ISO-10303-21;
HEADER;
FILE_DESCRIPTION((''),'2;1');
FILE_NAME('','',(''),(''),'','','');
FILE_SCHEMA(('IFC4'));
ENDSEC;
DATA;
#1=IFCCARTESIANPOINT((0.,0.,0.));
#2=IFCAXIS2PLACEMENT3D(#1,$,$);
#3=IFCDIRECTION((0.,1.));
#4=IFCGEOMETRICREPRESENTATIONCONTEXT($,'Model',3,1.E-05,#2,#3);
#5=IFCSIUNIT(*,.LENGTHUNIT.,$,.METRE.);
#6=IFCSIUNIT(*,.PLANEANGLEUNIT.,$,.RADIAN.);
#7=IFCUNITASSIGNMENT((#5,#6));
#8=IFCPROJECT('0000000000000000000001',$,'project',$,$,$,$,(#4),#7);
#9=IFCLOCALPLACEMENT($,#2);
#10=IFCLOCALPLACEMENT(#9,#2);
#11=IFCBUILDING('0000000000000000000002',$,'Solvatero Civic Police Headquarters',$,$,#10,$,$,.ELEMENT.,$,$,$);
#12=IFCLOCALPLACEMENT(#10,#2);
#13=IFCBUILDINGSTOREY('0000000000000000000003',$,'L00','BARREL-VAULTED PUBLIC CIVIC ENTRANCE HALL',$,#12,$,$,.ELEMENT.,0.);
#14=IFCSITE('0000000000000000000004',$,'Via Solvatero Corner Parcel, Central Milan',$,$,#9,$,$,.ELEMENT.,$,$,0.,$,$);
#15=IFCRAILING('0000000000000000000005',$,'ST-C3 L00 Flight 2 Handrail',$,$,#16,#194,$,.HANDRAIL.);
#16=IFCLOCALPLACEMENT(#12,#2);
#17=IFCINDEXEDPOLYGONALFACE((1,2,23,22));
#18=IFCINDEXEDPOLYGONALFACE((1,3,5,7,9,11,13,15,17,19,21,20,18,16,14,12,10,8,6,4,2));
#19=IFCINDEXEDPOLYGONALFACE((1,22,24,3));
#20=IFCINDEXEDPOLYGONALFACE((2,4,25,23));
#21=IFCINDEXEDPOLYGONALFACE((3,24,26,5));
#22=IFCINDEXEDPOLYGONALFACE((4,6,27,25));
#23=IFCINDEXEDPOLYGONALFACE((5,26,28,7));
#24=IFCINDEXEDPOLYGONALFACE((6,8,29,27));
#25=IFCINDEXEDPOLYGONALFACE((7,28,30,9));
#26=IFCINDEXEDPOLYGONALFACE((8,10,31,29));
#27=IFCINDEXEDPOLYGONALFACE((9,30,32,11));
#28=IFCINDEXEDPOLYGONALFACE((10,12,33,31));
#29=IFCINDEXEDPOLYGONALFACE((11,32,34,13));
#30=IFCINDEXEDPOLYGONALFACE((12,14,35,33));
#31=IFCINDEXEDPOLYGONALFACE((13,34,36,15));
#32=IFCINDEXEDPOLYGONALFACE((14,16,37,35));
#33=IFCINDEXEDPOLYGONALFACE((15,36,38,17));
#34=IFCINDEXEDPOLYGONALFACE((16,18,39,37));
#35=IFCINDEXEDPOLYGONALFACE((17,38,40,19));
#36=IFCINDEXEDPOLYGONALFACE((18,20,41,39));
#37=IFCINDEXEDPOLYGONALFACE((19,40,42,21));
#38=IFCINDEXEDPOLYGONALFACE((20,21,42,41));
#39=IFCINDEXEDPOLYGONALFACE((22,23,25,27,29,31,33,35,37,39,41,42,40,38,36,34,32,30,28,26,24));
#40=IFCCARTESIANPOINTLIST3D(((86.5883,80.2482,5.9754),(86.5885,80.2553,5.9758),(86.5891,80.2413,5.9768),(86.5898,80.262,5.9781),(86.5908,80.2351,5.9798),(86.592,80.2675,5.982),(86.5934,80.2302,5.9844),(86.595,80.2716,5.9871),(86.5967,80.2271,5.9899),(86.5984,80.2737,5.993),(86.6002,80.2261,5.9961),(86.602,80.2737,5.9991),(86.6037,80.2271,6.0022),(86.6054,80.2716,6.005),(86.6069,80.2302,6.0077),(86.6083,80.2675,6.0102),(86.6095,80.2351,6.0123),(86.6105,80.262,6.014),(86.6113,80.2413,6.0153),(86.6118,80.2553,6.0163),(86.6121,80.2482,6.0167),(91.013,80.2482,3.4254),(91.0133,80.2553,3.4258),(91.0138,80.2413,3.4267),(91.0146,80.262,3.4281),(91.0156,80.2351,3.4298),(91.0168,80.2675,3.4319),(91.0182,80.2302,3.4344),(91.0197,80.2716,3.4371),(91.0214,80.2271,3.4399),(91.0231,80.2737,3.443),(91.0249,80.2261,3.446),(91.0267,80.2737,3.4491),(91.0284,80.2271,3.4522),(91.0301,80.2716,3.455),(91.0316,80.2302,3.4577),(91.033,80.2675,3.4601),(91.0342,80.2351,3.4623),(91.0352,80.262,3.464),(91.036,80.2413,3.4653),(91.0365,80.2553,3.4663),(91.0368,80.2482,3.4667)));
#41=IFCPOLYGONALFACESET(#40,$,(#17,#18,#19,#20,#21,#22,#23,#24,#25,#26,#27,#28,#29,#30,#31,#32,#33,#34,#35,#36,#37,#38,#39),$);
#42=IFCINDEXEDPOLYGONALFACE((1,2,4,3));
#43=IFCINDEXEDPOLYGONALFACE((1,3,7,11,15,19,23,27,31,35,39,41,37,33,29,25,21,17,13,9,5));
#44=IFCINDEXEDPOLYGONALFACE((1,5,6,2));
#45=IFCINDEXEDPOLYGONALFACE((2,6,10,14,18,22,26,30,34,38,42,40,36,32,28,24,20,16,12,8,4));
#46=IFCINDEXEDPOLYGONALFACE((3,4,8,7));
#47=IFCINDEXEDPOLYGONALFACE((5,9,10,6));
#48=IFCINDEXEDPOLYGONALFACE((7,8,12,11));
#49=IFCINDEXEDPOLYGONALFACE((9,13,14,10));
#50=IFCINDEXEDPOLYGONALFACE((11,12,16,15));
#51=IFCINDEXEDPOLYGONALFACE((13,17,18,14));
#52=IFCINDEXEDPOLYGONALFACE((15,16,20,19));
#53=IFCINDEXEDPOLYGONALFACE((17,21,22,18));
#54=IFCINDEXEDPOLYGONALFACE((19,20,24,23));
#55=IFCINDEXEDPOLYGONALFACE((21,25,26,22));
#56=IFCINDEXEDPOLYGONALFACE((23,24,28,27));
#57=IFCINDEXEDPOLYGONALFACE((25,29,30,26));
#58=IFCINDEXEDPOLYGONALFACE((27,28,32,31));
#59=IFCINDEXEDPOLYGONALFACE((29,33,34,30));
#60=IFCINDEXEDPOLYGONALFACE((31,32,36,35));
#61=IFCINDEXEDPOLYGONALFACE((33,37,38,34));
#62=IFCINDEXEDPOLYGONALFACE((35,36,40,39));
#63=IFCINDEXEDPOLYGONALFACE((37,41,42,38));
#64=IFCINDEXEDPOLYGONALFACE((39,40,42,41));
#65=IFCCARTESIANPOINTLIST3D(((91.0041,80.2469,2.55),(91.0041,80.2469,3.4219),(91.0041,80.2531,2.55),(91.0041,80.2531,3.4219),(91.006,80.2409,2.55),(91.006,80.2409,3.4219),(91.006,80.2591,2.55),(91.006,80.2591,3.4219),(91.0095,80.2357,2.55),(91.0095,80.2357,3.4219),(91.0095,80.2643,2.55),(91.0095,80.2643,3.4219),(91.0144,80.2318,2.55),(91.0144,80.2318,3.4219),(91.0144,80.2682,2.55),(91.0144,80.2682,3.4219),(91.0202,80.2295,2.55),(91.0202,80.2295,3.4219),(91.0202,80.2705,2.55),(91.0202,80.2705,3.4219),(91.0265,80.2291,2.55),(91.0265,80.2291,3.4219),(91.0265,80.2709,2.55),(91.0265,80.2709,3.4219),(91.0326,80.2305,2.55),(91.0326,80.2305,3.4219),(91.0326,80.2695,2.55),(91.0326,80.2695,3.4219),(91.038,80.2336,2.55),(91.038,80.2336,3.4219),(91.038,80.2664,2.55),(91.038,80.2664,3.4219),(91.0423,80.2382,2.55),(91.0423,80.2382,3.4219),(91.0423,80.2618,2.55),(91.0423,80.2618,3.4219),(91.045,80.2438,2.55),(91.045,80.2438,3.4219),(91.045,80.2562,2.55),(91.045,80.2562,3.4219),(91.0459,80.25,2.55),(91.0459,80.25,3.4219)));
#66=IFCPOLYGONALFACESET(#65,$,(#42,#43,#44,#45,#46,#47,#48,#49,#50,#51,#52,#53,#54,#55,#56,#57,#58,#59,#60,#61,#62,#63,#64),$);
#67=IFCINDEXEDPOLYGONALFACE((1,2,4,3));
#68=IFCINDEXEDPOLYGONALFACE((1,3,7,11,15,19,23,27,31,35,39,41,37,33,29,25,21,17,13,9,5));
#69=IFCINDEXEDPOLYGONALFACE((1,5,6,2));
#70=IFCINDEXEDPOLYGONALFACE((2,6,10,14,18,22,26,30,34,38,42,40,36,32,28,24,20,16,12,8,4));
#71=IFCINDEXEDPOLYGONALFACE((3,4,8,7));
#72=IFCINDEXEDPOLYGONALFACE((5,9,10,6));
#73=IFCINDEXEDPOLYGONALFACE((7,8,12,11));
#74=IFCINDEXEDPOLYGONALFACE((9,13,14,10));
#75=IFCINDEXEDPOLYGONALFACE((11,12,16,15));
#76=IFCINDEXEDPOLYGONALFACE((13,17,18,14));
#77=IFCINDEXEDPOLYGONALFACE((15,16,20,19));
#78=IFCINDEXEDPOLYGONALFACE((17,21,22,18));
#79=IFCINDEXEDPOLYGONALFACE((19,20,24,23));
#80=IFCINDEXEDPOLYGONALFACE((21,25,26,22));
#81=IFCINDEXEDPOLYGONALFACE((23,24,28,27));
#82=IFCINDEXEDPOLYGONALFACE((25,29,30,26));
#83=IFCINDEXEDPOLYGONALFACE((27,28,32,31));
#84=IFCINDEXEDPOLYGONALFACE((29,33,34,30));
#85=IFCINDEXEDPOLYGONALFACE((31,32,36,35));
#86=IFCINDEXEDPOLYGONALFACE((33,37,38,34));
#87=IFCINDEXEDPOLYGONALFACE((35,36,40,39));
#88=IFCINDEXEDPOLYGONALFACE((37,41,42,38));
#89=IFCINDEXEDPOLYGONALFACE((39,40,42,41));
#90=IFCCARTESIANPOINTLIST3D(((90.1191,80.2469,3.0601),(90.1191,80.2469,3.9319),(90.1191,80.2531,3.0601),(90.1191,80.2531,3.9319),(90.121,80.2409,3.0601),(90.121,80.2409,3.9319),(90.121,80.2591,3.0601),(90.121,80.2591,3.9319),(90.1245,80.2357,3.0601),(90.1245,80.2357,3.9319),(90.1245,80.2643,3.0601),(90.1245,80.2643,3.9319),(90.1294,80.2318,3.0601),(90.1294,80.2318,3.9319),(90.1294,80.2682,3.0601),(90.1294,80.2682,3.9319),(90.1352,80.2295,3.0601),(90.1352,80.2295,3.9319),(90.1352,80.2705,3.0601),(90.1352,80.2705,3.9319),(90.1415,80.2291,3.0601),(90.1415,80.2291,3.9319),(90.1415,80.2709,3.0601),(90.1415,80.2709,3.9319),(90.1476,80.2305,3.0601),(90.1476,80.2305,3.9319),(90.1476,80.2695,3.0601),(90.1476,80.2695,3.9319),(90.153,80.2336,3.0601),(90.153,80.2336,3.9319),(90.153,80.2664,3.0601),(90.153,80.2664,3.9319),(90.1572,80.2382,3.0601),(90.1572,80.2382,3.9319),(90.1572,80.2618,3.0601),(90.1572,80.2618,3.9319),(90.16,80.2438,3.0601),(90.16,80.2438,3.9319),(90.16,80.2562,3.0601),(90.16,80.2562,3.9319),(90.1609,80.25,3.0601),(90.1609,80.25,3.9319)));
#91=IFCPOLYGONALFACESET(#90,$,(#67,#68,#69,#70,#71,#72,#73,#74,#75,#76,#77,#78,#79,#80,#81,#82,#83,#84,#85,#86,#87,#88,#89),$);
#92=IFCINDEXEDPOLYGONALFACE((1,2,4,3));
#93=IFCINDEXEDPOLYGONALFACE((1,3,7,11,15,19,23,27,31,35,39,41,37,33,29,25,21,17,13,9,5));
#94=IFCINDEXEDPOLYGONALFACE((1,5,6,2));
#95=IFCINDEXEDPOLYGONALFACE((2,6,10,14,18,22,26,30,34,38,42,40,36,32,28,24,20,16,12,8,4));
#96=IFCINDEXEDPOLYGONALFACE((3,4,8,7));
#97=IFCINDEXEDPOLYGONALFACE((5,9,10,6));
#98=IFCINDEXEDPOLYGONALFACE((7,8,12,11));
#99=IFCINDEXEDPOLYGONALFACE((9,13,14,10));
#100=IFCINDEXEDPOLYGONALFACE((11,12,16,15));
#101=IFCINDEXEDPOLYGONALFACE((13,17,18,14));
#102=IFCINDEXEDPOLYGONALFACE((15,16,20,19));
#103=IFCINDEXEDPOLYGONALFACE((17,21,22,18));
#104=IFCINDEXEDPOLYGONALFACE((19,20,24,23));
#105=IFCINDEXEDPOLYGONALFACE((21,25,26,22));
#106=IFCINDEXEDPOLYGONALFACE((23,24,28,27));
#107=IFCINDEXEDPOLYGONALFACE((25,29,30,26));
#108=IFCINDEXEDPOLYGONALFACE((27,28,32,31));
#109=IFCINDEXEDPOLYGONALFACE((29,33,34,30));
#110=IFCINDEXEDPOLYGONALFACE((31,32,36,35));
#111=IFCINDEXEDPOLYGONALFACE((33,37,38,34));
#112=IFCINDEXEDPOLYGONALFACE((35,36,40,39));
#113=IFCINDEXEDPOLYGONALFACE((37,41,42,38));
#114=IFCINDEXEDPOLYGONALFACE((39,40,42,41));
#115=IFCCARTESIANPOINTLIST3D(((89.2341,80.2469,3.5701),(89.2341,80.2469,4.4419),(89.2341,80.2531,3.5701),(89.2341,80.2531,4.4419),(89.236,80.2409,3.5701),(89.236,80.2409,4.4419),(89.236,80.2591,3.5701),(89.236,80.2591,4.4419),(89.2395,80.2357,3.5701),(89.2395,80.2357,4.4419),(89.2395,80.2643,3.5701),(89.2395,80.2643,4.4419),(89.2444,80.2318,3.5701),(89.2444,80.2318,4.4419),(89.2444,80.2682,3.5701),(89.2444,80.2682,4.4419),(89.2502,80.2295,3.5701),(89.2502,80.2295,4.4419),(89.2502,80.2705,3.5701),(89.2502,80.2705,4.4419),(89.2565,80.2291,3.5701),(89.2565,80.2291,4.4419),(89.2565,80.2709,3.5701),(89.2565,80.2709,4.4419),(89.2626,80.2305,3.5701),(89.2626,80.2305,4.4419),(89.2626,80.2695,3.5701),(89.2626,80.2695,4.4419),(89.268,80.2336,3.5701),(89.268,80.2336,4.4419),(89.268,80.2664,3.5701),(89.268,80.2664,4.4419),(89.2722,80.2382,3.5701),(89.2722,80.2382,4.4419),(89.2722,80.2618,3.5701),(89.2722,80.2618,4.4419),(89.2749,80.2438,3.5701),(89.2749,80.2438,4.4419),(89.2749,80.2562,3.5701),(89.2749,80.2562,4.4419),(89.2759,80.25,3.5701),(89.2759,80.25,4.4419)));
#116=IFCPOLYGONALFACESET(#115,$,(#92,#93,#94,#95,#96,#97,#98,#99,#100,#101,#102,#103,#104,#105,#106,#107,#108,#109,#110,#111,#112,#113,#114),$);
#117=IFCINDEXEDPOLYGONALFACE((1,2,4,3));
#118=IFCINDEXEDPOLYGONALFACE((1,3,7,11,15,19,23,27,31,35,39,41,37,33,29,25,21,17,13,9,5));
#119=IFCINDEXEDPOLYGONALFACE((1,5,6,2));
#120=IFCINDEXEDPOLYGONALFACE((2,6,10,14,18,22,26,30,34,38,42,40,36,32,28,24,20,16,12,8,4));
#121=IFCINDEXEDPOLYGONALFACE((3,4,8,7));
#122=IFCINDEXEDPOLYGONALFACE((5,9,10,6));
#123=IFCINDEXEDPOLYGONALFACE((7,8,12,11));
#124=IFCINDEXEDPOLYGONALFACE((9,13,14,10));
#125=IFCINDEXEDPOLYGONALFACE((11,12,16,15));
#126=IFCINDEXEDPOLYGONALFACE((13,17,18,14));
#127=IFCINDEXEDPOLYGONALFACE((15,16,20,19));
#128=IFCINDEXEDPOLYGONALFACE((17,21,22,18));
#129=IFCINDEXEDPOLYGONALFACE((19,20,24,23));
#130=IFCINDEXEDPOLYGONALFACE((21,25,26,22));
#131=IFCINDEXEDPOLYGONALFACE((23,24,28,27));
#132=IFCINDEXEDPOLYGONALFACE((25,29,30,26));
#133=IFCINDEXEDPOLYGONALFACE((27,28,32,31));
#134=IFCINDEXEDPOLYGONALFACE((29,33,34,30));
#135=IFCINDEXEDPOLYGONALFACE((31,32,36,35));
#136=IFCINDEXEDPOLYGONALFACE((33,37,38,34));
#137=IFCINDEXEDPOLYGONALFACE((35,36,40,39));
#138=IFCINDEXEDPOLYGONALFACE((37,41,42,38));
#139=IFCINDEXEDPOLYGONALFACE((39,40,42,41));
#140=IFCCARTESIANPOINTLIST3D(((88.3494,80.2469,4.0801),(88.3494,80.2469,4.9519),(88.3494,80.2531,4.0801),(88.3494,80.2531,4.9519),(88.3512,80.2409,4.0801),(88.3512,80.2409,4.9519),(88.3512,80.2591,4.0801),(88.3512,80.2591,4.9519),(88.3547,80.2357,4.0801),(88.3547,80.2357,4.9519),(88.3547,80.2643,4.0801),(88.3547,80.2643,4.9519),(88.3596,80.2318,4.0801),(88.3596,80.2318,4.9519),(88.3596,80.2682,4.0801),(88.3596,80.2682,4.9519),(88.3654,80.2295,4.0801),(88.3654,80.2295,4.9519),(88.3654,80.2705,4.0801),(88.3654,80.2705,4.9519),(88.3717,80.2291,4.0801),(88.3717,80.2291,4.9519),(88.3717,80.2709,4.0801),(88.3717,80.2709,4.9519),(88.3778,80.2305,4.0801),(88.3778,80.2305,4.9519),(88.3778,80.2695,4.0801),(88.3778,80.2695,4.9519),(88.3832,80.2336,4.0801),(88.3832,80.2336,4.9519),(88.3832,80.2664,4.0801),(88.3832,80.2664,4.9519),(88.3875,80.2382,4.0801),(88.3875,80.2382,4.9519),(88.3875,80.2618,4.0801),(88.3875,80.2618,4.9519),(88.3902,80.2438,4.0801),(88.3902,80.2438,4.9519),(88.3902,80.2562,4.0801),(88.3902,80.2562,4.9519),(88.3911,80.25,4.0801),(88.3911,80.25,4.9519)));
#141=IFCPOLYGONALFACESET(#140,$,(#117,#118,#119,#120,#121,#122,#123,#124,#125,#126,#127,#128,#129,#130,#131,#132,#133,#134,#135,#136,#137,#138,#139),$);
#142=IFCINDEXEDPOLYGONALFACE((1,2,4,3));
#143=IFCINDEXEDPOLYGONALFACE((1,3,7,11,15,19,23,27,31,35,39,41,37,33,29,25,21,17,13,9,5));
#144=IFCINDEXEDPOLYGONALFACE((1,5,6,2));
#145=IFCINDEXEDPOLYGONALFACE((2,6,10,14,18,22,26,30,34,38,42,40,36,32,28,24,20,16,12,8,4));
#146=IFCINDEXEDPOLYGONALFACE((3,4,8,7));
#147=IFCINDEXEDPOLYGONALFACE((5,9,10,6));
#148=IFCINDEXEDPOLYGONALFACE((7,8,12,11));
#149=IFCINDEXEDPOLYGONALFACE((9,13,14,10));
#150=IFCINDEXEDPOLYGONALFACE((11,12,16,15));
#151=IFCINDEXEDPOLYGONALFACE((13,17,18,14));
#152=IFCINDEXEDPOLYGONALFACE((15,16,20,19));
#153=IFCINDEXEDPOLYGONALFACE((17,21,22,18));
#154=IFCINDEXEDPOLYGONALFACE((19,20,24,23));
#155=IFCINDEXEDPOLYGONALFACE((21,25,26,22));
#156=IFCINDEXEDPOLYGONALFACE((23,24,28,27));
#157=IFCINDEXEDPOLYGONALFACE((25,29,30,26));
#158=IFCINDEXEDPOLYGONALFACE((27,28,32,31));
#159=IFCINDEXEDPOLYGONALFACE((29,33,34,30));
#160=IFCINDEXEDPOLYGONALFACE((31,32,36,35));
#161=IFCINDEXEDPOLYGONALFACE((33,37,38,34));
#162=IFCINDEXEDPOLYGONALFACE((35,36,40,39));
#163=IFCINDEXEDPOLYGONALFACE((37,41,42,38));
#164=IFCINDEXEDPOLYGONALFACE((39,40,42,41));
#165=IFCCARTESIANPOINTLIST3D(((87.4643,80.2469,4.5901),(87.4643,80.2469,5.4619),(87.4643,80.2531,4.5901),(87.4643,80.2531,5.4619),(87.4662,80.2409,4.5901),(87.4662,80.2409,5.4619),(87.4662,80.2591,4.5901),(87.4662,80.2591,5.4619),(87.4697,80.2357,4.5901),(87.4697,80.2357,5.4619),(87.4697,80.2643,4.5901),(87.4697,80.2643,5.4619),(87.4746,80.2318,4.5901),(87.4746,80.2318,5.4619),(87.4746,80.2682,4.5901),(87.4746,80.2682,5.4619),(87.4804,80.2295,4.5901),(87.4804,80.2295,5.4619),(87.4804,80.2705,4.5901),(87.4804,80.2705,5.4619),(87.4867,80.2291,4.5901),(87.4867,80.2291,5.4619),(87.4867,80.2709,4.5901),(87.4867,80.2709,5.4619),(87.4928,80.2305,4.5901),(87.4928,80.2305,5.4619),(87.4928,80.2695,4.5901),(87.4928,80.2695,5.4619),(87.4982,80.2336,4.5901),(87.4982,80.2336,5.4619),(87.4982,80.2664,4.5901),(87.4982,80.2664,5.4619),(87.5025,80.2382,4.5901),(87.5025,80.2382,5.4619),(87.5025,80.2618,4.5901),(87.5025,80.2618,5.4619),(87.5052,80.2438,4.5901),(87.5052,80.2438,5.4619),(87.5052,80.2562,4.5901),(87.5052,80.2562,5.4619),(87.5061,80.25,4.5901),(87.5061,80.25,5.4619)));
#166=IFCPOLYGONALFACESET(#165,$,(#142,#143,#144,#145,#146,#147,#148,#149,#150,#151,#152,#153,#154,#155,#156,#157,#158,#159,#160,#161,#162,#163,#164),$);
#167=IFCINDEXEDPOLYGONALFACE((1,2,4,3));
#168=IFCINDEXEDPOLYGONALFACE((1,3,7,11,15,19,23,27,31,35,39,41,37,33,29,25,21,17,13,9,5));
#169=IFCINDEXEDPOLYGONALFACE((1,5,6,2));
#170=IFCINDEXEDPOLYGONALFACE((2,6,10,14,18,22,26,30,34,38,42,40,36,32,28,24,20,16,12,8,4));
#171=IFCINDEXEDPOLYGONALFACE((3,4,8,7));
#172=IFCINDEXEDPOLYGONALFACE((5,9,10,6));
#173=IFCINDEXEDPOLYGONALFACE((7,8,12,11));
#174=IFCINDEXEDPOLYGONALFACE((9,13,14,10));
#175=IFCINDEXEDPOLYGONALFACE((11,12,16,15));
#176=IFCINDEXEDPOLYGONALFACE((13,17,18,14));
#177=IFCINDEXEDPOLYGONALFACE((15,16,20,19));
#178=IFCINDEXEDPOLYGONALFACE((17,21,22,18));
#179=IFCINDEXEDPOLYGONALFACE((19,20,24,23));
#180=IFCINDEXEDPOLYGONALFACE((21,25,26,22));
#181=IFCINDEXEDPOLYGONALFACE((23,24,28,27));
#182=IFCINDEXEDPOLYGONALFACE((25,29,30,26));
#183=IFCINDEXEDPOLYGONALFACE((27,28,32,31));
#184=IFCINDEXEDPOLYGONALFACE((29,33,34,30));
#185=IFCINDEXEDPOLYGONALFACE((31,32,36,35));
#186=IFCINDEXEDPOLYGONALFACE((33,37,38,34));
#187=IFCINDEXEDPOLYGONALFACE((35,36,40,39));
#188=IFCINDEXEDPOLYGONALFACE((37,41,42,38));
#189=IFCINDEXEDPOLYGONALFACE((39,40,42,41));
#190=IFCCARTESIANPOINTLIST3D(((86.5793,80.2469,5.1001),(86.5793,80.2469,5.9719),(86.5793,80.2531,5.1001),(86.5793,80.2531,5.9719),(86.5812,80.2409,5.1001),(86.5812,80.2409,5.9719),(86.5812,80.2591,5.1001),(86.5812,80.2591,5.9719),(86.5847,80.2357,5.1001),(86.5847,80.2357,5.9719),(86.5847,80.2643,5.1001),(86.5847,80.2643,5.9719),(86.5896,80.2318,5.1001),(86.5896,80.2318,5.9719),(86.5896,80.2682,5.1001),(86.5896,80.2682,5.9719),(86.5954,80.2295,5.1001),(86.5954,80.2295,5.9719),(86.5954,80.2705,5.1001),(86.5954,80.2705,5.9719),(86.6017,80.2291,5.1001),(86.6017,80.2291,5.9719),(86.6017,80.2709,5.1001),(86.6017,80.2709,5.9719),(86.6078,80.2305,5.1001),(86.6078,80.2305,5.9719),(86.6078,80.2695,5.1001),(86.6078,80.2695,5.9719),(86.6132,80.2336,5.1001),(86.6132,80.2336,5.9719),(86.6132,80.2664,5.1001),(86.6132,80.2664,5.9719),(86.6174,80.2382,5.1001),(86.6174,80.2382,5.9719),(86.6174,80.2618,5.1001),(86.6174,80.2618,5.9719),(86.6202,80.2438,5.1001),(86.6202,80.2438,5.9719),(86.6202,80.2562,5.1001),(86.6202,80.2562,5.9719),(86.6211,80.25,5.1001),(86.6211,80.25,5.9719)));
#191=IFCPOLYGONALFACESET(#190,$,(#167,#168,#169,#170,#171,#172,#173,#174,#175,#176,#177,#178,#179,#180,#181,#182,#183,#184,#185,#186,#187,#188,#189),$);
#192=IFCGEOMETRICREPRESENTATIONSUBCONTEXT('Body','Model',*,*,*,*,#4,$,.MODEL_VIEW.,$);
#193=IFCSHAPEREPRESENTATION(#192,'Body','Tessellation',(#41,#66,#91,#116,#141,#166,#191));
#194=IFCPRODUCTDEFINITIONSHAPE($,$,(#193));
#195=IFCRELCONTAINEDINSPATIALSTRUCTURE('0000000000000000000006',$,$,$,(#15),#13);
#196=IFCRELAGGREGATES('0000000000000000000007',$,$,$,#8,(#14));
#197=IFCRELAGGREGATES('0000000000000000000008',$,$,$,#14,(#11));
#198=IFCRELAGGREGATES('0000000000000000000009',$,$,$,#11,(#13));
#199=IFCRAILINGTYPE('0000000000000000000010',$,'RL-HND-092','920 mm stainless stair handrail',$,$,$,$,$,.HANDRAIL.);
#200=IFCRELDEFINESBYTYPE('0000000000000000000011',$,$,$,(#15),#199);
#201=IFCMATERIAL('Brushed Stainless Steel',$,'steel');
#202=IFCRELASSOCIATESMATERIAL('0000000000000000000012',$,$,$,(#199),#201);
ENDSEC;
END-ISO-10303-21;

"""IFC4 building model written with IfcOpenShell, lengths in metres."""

from ifc_helpers import new_model, si_unit, direction, frame, origin, origin_2d, place, context, subcontext, project, spatial, circle, extrude, material, type_object, element, save


model = new_model("IFC4")

# Units and contexts
model_context = context("Model", 3, precision=1e-05, world=origin(), true_north=direction((0.0, 1.0)))
body_context = subcontext(model_context, "Body", "Model", "MODEL_VIEW")
ifc_project = project(units=[si_unit("LENGTHUNIT", "METRE"), si_unit("PLANEANGLEUNIT", "RADIAN")], contexts=[model_context])

# Site, building, storey
site_placement = place(None, origin())
site = spatial("IfcSite", under=ifc_project, at=site_placement, Name="Via Solvatero Corner Parcel, Central Milan", CompositionType="ELEMENT", RefElevation=0.0)
building_placement = place(site_placement, origin())
building = spatial("IfcBuilding", under=site, at=building_placement, Name="Solvatero Civic Police Headquarters", CompositionType="ELEMENT")
storey_placement = place(building_placement, origin())
storey = spatial("IfcBuildingStorey", under=building, at=storey_placement, Name="L00", Description="BARREL-VAULTED PUBLIC CIVIC ENTRANCE HALL", CompositionType="ELEMENT", Elevation=0.0)

# Railing
ifc_material_1 = material(Name="Brushed Stainless Steel", Category="steel")
railing_type_1 = type_object("IfcRailingType", Name="RL-HND-092", Description="920 mm stainless stair handrail", PredefinedType="HANDRAIL", material=ifc_material_1)
railing_1_placement = place(storey_placement, frame((91.0249, 80.25, 2.55)))
element("IfcRailing", 1, at=railing_1_placement, inside=storey, type_object=railing_type_1, Name="ST-C3 L00 Flight 2 Handrail", PredefinedType="HANDRAIL", context=body_context, shape_type="SweptSolid", body=[
    extrude(circle(Radius=0.0239, at=origin_2d()), frame((0.0, 0.0, 0.896), z_axis=(-0.866416, 0.0, 0.499322), x_axis=(0.0, -1.0, 0.0)), (0.0, 0.0, 1.0), 5.1069),
    extrude(circle(Radius=0.021, at=origin_2d()), origin(), (0.0, 0.0, 1.0), 0.8718),
    extrude(circle(Radius=0.021, at=origin_2d()), frame((-0.885, 0.0, 0.51)), (0.0, 0.0, 1.0), 0.8718),
    extrude(circle(Radius=0.021, at=origin_2d()), frame((-1.77, 0.0, 1.02)), (0.0, 0.0, 1.0), 0.8718),
    extrude(circle(Radius=0.021, at=origin_2d()), frame((-2.6548, 0.0, 1.53)), (0.0, 0.0, 1.0), 0.8718),
    extrude(circle(Radius=0.021, at=origin_2d()), frame((-3.5398, 0.0, 2.04)), (0.0, 0.0, 1.0), 0.8718),
    extrude(circle(Radius=0.021, at=origin_2d()), frame((-4.4248, 0.0, 2.55)), (0.0, 0.0, 1.0), 0.8718),
])

save(model, "model.ifc")
